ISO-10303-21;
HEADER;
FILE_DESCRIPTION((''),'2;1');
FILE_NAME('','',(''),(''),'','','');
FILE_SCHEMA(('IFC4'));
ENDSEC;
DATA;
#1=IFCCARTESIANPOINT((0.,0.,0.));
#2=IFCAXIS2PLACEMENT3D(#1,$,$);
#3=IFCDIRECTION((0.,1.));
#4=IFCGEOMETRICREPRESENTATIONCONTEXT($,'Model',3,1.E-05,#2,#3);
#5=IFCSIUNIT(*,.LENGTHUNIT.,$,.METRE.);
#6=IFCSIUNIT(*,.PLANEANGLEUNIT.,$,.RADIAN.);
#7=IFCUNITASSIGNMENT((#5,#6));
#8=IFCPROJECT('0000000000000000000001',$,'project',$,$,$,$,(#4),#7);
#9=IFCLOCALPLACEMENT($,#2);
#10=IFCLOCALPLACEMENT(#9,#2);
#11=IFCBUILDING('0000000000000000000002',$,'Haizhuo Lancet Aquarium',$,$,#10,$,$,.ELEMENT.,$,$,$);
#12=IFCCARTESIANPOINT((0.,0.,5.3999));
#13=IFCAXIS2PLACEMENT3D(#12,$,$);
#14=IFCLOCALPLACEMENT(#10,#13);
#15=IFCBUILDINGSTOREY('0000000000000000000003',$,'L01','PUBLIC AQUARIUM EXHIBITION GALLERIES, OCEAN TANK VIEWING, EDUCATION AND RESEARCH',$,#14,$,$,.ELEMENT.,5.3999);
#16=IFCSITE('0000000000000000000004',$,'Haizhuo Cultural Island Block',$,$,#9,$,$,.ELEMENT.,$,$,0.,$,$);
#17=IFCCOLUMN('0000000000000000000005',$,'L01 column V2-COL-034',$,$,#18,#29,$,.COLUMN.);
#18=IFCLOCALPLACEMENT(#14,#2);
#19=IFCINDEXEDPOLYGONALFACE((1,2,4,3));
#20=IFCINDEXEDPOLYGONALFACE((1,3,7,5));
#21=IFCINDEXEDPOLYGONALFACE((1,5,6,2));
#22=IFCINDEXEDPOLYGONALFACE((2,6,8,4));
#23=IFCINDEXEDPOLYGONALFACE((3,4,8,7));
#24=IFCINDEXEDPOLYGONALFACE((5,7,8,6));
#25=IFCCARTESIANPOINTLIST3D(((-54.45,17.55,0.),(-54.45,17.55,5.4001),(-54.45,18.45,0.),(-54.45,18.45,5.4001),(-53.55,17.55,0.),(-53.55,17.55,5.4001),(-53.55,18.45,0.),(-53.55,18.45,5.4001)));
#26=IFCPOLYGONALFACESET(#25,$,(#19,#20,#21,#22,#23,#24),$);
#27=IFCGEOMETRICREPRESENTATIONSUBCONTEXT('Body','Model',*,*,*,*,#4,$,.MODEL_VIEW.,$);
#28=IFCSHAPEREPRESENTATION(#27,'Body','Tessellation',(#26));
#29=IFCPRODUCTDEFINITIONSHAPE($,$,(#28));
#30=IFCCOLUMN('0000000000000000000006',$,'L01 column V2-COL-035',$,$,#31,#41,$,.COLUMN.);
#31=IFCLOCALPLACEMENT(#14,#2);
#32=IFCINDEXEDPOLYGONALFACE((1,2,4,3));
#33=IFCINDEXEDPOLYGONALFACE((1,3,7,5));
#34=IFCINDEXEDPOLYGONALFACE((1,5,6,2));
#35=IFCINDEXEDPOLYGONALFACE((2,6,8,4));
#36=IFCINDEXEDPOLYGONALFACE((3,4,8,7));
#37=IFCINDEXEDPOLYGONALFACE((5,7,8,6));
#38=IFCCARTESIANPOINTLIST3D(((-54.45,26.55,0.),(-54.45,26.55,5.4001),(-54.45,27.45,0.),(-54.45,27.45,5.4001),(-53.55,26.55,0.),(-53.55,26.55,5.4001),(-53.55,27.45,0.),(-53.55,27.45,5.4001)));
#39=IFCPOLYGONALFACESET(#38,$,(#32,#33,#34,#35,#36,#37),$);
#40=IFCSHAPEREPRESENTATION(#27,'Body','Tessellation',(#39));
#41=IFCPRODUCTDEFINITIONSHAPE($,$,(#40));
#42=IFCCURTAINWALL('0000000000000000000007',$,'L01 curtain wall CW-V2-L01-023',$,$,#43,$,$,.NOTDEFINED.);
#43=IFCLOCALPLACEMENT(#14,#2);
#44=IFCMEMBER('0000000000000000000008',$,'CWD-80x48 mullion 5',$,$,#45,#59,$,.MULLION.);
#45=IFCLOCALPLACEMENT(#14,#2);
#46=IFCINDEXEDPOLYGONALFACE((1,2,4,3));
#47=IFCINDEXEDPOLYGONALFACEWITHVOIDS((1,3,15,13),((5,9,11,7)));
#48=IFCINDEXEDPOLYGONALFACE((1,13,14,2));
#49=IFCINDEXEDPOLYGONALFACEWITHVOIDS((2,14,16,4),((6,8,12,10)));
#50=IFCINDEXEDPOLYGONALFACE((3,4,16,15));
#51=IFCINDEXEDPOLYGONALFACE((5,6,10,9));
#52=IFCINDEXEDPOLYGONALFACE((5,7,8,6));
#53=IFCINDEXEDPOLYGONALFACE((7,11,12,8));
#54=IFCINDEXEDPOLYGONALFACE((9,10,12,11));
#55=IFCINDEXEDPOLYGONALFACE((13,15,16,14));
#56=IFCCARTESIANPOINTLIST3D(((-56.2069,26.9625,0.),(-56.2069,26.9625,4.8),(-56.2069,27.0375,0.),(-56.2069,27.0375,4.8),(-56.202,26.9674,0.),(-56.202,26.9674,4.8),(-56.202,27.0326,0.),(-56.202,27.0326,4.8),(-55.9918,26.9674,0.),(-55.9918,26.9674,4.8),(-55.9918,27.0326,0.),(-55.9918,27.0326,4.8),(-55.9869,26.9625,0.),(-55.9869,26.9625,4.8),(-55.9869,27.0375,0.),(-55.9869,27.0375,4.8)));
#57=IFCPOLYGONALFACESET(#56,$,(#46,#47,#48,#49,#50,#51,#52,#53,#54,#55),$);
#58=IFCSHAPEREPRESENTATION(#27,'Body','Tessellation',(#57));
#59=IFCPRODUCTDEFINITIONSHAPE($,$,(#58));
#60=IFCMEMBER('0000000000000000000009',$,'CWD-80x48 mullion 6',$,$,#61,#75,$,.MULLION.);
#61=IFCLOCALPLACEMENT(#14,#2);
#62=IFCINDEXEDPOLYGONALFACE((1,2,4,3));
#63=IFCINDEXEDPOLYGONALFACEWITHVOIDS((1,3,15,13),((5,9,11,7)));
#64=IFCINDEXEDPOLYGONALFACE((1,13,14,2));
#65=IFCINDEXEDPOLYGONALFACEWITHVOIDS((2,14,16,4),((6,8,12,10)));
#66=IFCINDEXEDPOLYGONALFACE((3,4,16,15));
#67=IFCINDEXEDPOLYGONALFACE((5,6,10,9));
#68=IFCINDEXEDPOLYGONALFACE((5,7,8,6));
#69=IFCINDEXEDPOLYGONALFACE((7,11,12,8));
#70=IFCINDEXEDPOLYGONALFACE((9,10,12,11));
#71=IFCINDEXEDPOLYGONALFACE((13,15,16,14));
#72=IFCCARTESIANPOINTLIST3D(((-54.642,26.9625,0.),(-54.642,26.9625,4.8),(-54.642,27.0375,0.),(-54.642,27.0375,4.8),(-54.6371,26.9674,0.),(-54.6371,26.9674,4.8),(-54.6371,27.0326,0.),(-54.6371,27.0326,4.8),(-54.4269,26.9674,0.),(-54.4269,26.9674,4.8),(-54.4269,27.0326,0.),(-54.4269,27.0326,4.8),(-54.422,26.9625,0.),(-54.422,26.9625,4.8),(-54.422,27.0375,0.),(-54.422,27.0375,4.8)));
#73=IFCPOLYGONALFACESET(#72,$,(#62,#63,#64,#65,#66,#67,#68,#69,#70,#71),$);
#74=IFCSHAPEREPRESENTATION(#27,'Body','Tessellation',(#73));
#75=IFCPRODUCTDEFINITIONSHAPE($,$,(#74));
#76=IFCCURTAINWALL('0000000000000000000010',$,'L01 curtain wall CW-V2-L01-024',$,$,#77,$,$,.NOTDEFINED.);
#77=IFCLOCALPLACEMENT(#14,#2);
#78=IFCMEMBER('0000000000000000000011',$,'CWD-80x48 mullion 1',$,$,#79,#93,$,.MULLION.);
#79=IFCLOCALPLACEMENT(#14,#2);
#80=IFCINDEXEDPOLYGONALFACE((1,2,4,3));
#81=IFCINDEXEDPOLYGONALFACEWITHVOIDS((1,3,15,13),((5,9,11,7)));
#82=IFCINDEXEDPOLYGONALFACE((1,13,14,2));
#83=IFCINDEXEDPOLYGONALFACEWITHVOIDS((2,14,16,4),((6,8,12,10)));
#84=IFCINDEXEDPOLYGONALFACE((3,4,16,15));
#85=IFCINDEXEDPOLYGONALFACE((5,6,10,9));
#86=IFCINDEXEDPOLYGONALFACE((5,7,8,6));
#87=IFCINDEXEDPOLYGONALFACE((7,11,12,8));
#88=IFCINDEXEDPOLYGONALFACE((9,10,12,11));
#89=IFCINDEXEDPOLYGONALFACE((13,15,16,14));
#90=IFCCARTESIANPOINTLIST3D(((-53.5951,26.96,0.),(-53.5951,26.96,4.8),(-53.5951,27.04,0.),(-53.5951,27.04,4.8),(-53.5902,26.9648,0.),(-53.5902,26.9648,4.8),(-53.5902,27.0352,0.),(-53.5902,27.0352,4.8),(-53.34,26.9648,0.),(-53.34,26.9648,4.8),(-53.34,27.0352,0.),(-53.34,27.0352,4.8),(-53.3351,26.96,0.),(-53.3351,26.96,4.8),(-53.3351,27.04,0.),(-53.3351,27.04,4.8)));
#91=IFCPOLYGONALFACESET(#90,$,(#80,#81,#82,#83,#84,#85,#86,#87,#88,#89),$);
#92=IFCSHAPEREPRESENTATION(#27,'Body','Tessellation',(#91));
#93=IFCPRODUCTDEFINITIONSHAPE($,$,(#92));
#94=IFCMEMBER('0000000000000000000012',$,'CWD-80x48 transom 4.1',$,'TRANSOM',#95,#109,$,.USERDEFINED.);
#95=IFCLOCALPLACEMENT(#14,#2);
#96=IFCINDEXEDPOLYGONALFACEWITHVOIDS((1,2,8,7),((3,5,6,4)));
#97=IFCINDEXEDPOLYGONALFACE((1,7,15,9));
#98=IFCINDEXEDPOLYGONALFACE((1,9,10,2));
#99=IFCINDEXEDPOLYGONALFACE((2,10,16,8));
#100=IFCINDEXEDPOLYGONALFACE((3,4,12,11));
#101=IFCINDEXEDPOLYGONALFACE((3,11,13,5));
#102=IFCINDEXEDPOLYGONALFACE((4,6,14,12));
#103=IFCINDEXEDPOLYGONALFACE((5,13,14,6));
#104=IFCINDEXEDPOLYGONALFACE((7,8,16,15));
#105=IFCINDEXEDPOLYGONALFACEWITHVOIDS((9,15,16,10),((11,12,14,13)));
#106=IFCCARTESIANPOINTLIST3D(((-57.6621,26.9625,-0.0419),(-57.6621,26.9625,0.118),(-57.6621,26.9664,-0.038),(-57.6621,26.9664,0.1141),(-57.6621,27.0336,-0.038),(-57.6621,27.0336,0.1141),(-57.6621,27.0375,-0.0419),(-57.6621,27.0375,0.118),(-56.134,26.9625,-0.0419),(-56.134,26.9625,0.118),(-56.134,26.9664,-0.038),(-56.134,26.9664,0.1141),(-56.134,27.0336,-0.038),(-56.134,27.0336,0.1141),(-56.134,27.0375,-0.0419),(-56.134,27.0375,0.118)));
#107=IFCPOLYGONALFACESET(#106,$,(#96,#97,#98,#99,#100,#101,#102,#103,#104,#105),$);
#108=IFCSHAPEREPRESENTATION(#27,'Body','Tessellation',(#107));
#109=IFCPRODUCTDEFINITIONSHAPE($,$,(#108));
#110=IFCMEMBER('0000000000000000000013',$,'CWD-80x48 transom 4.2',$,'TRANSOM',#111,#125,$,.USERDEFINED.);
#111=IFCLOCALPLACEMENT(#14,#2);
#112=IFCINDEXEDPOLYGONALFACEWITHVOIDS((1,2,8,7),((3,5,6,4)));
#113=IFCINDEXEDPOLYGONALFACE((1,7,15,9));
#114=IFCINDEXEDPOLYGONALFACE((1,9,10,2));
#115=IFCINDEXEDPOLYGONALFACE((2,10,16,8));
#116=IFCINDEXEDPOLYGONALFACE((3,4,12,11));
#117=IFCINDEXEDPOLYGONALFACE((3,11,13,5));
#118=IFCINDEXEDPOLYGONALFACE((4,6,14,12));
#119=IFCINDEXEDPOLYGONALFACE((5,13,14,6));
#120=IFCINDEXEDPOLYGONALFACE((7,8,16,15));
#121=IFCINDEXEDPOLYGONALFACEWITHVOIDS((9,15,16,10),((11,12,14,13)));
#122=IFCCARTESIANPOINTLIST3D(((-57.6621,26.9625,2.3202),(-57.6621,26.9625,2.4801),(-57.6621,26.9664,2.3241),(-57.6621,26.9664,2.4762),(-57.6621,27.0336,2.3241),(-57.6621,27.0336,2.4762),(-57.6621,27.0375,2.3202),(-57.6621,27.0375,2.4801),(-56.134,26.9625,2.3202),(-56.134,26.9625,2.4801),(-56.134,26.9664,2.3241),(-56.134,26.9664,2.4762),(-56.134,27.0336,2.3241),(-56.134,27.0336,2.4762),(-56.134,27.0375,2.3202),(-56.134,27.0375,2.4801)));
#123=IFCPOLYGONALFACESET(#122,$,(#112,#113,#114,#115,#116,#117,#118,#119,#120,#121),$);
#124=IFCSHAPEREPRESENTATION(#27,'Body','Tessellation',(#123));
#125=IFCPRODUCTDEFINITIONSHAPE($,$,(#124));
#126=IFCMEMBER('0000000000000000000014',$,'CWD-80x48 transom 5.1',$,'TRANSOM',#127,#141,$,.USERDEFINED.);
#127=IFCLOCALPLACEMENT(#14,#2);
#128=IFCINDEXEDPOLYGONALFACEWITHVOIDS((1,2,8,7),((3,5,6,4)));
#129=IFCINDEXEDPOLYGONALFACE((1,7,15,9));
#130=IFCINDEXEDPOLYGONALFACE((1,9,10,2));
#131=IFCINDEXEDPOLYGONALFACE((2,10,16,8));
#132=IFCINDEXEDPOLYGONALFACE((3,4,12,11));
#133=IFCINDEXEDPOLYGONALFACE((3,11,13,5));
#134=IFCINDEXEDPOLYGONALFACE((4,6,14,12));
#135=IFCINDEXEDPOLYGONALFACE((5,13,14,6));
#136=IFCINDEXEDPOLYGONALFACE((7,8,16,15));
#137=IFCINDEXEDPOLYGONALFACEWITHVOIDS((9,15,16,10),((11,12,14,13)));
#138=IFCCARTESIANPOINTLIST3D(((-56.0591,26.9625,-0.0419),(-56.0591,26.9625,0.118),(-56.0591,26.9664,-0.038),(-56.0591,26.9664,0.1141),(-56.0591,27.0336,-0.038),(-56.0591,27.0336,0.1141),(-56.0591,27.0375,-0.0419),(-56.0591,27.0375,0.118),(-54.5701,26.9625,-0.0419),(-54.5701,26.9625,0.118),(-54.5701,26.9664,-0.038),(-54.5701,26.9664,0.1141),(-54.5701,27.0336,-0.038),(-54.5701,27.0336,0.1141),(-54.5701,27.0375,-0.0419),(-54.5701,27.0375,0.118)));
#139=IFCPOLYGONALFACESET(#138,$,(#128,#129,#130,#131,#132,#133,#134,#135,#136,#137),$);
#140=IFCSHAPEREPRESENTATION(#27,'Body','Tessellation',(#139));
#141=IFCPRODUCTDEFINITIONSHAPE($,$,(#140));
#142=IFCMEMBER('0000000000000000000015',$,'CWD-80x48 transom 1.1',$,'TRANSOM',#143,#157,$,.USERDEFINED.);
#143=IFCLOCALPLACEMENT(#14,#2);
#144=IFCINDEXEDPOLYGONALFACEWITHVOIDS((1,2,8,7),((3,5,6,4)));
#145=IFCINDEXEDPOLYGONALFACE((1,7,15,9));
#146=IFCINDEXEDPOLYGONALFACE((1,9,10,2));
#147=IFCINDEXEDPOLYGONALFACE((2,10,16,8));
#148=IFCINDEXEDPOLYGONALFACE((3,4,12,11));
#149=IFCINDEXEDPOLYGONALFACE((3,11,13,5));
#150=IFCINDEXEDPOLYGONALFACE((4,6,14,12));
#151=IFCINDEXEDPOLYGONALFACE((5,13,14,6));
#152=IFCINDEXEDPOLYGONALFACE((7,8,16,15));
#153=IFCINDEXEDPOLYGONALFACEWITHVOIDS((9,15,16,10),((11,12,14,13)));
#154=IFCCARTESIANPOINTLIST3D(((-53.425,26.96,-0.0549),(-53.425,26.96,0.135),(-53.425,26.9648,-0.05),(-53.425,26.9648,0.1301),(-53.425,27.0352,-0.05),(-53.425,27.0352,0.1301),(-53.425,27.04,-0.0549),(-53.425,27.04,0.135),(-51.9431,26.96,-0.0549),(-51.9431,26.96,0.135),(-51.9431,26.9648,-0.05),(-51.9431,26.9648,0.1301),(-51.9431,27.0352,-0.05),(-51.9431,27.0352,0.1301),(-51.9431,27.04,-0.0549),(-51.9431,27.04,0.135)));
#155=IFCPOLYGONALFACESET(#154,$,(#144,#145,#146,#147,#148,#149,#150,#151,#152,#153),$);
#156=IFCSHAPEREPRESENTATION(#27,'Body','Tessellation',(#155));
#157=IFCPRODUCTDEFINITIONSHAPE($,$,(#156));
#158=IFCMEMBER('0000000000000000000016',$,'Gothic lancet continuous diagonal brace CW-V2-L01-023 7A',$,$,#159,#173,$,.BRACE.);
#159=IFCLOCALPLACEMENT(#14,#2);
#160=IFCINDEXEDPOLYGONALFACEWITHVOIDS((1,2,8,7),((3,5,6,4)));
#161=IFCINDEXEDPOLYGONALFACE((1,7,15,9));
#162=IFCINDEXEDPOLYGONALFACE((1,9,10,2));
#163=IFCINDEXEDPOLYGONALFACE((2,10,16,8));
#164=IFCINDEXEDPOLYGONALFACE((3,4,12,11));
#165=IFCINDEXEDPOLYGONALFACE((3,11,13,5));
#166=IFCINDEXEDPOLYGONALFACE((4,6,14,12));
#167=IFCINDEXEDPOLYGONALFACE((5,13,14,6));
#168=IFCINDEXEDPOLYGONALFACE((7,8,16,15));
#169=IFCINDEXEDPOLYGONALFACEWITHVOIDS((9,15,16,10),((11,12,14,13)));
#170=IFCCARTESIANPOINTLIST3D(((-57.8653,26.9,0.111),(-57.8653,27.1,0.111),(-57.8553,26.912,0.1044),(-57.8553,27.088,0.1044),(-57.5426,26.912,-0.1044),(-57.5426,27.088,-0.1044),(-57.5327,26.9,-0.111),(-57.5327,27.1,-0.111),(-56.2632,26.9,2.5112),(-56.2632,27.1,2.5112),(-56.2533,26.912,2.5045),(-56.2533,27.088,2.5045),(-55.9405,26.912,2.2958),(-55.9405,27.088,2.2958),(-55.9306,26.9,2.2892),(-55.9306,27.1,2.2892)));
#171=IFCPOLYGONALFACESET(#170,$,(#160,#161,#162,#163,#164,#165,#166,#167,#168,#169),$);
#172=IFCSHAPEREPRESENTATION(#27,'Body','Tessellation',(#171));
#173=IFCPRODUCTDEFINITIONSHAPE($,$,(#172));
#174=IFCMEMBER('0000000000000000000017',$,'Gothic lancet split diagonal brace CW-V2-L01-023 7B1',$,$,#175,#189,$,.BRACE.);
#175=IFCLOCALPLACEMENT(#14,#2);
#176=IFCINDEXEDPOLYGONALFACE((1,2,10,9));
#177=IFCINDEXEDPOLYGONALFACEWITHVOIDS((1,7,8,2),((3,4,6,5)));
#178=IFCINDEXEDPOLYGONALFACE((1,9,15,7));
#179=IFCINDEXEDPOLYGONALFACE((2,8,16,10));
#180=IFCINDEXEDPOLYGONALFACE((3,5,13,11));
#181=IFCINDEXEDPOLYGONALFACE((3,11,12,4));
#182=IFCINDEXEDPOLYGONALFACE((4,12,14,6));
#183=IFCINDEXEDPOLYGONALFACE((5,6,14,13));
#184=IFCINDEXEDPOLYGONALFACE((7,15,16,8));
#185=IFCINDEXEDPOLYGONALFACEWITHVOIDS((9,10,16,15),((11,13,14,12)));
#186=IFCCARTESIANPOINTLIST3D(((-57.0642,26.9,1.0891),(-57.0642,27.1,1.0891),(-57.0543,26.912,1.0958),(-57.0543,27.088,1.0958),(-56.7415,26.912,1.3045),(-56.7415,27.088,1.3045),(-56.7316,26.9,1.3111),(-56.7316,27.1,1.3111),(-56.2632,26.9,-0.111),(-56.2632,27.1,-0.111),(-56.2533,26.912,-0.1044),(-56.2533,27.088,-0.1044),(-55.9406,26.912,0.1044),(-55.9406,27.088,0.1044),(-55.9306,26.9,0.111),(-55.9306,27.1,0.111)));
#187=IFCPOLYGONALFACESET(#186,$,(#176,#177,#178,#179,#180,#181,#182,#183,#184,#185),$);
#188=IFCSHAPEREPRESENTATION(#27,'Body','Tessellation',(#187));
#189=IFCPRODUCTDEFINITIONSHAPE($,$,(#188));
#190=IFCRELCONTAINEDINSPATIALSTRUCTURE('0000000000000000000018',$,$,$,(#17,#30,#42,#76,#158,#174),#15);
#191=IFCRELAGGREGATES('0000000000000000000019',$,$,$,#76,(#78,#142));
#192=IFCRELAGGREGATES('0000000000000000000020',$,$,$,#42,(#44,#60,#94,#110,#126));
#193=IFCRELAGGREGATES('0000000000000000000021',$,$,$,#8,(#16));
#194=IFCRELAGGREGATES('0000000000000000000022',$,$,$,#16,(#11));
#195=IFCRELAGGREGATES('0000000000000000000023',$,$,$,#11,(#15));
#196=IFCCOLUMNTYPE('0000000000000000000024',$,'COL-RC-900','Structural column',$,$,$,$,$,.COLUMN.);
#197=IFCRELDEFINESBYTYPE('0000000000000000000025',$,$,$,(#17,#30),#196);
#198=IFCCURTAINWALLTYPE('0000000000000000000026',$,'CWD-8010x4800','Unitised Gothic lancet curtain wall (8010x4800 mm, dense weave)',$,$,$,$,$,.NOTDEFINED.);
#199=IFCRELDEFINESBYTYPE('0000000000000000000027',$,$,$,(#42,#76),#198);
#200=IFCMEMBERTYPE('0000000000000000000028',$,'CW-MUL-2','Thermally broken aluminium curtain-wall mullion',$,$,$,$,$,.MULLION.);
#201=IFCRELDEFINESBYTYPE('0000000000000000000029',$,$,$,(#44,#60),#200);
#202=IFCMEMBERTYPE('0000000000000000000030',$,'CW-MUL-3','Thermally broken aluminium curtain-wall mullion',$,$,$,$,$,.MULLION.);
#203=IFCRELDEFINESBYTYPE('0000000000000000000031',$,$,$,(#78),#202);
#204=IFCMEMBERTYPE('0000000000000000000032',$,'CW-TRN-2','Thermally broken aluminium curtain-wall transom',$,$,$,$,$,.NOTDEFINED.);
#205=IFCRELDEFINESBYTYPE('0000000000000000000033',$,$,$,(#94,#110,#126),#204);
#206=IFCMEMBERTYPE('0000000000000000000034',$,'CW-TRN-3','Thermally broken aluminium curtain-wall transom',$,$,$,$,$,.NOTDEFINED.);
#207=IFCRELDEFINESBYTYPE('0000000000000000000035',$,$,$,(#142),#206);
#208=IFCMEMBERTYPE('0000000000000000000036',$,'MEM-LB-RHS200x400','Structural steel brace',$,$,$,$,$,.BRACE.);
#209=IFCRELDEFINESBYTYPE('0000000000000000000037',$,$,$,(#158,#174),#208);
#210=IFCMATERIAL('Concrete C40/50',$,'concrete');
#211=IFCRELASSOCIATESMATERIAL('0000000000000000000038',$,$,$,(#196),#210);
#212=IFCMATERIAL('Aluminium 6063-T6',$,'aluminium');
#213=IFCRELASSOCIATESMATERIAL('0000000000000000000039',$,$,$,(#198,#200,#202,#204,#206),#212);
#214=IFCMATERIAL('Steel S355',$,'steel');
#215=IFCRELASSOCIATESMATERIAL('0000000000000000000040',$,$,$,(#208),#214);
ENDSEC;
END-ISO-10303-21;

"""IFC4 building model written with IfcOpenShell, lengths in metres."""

from ifc_helpers import new_model, si_unit, direction, frame, origin, origin_2d, place, context, subcontext, project, spatial, rectangle, hollow_rectangle, extrude, material, material_profile, profile_set, type_object, element, aggregate, save


model = new_model("IFC4")

# Units and contexts
model_context = context("Model", 3, precision=1e-05, world=origin(), true_north=direction((0.0, 1.0)))
body_context = subcontext(model_context, "Body", "Model", "MODEL_VIEW")
ifc_project = project(units=[si_unit("LENGTHUNIT", "METRE"), si_unit("PLANEANGLEUNIT", "RADIAN")], contexts=[model_context])

# Site, building, storey
site_placement = place(None, origin())
site = spatial("IfcSite", under=ifc_project, at=site_placement, Name="Haizhuo Cultural Island Block", CompositionType="ELEMENT", RefElevation=0.0)
building_placement = place(site_placement, origin())
building = spatial("IfcBuilding", under=site, at=building_placement, Name="Haizhuo Lancet Aquarium", CompositionType="ELEMENT")
storey_placement = place(building_placement, frame((0.0, 0.0, 5.3999)))
storey = spatial("IfcBuildingStorey", under=building, at=storey_placement, Name="L01", Description="PUBLIC AQUARIUM EXHIBITION GALLERIES, OCEAN TANK VIEWING, EDUCATION AND RESEARCH", CompositionType="ELEMENT", Elevation=5.3999)

# Columns
ifc_material_1 = material(Name="Concrete C40/50", Category="concrete")
ifc_material_profile_1 = material_profile(ifc_material_1, rectangle(XDim=0.8999, YDim=0.8999, at=origin_2d()), Name="RC-COL 900x900")
ifc_profile_set_1 = profile_set([ifc_material_profile_1], Name="Concrete C40/50")
column_type = type_object("IfcColumnType", Name="COL-RC-900", Description="Structural column", PredefinedType="COLUMN", material=ifc_profile_set_1)
for number, where, z_axis, x_axis, name in (
    (1, (-54.0, 18.0, 0.0), (0.0, 0.0, 1.0), (1.0, 0.0, 0.0), "L01 column V2-COL-034"),
    (2, (-54.0, 27.0, 0.0), (0.0, 0.0, 1.0), (1.0, 0.0, 0.0), "L01 column V2-COL-035"),
):
    element("IfcColumn", number, at=place(storey_placement, frame(where, z_axis=z_axis, x_axis=x_axis)), inside=storey, type_object=column_type, Name=name, PredefinedType="COLUMN", context=body_context, shape_type="SweptSolid", body=[
        extrude(rectangle(XDim=0.8999, YDim=0.8999, at=origin_2d()), origin(), (0.0, 0.0, 1.0), 5.4001),
    ])

# Curtain wall, members
ifc_material_2 = material(Name="Aluminium 6063-T6", Category="aluminium")
curtain_wall_type = type_object("IfcCurtainWallType", Name="CWD-8010x4800", Description="Unitised Gothic lancet curtain wall (8010x4800 mm, dense weave)", PredefinedType="NOTDEFINED", material=ifc_material_2)
curtain_wall_1_placement = place(storey_placement, origin())
curtain_wall_1 = element("IfcCurtainWall", 3, at=curtain_wall_1_placement, inside=storey, type_object=curtain_wall_type, Name="L01 curtain wall CW-V2-L01-023", PredefinedType="NOTDEFINED")
ifc_material_profile_2 = material_profile(ifc_material_2, hollow_rectangle(XDim=0.075, YDim=0.22, WallThickness=0.0049, at=origin_2d()), Name="ALU-M 75x220x5")
ifc_profile_set_2 = profile_set([ifc_material_profile_2], Name="Aluminium 6063-T6")
member_type_1 = type_object("IfcMemberType", Name="CW-MUL-2", Description="Thermally broken aluminium curtain-wall mullion", PredefinedType="MULLION", material=ifc_profile_set_2)
member_1_placement = place(storey_placement, frame((-56.0969, 27.0, 0.0), z_axis=(0.0, 0.0, 1.0), x_axis=(0.0, 1.0, 0.0)))
member_1 = element("IfcMember", 4, at=member_1_placement, type_object=member_type_1, Name="CWD-80x48 mullion 5", PredefinedType="MULLION", context=body_context, shape_type="SweptSolid", body=[
    extrude(hollow_rectangle(XDim=0.075, YDim=0.22, WallThickness=0.0049, at=origin_2d()), origin(), (0.0, 0.0, 1.0), 4.8),
])
member_2_placement = place(storey_placement, frame((-54.532, 27.0, 0.0), z_axis=(0.0, 0.0, 1.0), x_axis=(0.0, 1.0, 0.0)))
member_2 = element("IfcMember", 5, at=member_2_placement, type_object=member_type_1, Name="CWD-80x48 mullion 6", PredefinedType="MULLION", context=body_context, shape_type="SweptSolid", body=[
    extrude(hollow_rectangle(XDim=0.075, YDim=0.22, WallThickness=0.0049, at=origin_2d()), origin(), (0.0, 0.0, 1.0), 4.8),
])

# Curtain wall, member
curtain_wall_2_placement = place(storey_placement, origin())
curtain_wall_2 = element("IfcCurtainWall", 6, at=curtain_wall_2_placement, inside=storey, type_object=curtain_wall_type, Name="L01 curtain wall CW-V2-L01-024", PredefinedType="NOTDEFINED")
ifc_material_profile_3 = material_profile(ifc_material_2, hollow_rectangle(XDim=0.0801, YDim=0.26, WallThickness=0.0049, at=origin_2d()), Name="ALU-M 80x260x5")
ifc_profile_set_3 = profile_set([ifc_material_profile_3], Name="Aluminium 6063-T6")
member_type_2 = type_object("IfcMemberType", Name="CW-MUL-3", Description="Thermally broken aluminium curtain-wall mullion", PredefinedType="MULLION", material=ifc_profile_set_3)
member_3_placement = place(storey_placement, frame((-53.4651, 27.0, 0.0), z_axis=(0.0, 0.0, 1.0), x_axis=(0.0, 1.0, 0.0)))
member_3 = element("IfcMember", 7, at=member_3_placement, type_object=member_type_2, Name="CWD-80x48 mullion 1", PredefinedType="MULLION", context=body_context, shape_type="SweptSolid", body=[
    extrude(hollow_rectangle(XDim=0.0801, YDim=0.26, WallThickness=0.0049, at=origin_2d()), origin(), (0.0, 0.0, 1.0), 4.8),
])

# Members
ifc_material_profile_4 = material_profile(ifc_material_2, hollow_rectangle(XDim=0.075, YDim=0.1599, WallThickness=0.0039, at=origin_2d()), Name="ALU-T 75x160x4")
ifc_profile_set_4 = profile_set([ifc_material_profile_4], Name="Aluminium 6063-T6")
member_type_3 = type_object("IfcMemberType", Name="CW-TRN-2", Description="Thermally broken aluminium curtain-wall transom", PredefinedType="NOTDEFINED", material=ifc_profile_set_4)
member_4_placement = place(storey_placement, frame((-57.6621, 27.0, 0.0381), z_axis=(1.0, 0.0, 0.0), x_axis=(0.0, 1.0, 0.0)))
member_4 = element("IfcMember", 8, at=member_4_placement, type_object=member_type_3, Name="CWD-80x48 transom 4.1", ObjectType="TRANSOM", PredefinedType="USERDEFINED", context=body_context, shape_type="SweptSolid", body=[
    extrude(hollow_rectangle(XDim=0.075, YDim=0.1599, WallThickness=0.0039, at=origin_2d()), origin(), (0.0, 0.0, 1.0), 1.5281),
])
member_5_placement = place(storey_placement, frame((-57.6621, 27.0, 2.4001), z_axis=(1.0, 0.0, 0.0), x_axis=(0.0, 1.0, 0.0)))
member_5 = element("IfcMember", 9, at=member_5_placement, type_object=member_type_3, Name="CWD-80x48 transom 4.2", ObjectType="TRANSOM", PredefinedType="USERDEFINED", context=body_context, shape_type="SweptSolid", body=[
    extrude(hollow_rectangle(XDim=0.075, YDim=0.1599, WallThickness=0.0039, at=origin_2d()), origin(), (0.0, 0.0, 1.0), 1.5281),
])
member_6_placement = place(storey_placement, frame((-56.0591, 27.0, 0.0381), z_axis=(1.0, 0.0, 0.0), x_axis=(0.0, 1.0, 0.0)))
member_6 = element("IfcMember", 10, at=member_6_placement, type_object=member_type_3, Name="CWD-80x48 transom 5.1", ObjectType="TRANSOM", PredefinedType="USERDEFINED", context=body_context, shape_type="SweptSolid", body=[
    extrude(hollow_rectangle(XDim=0.075, YDim=0.1599, WallThickness=0.0039, at=origin_2d()), origin(), (0.0, 0.0, 1.0), 1.489),
])
ifc_material_profile_5 = material_profile(ifc_material_2, hollow_rectangle(XDim=0.0801, YDim=0.1899, WallThickness=0.0049, at=origin_2d()), Name="ALU-T 80x190x5")
ifc_profile_set_5 = profile_set([ifc_material_profile_5], Name="Aluminium 6063-T6")
member_type_4 = type_object("IfcMemberType", Name="CW-TRN-3", Description="Thermally broken aluminium curtain-wall transom", PredefinedType="NOTDEFINED", material=ifc_profile_set_5)
member_7_placement = place(storey_placement, frame((-53.425, 27.0, 0.04), z_axis=(1.0, 0.0, 0.0), x_axis=(0.0, 1.0, 0.0)))
member_7 = element("IfcMember", 11, at=member_7_placement, type_object=member_type_4, Name="CWD-80x48 transom 1.1", ObjectType="TRANSOM", PredefinedType="USERDEFINED", context=body_context, shape_type="SweptSolid", body=[
    extrude(hollow_rectangle(XDim=0.0801, YDim=0.1899, WallThickness=0.0049, at=origin_2d()), origin(), (0.0, 0.0, 1.0), 1.4819),
])
aggregate(curtain_wall_2, [member_3, member_7])

# Members
ifc_material_3 = material(Name="Steel S355", Category="steel")
ifc_material_profile_6 = material_profile(ifc_material_3, hollow_rectangle(XDim=0.2, YDim=0.3999, WallThickness=0.012, at=origin_2d()), Name="RHS 200x400x12")
ifc_profile_set_6 = profile_set([ifc_material_profile_6], Name="Steel S355")
member_type_5 = type_object("IfcMemberType", Name="MEM-LB-RHS200x400", Description="Structural steel brace", PredefinedType="BRACE", material=ifc_profile_set_6)
member_8_placement = place(storey_placement, frame((-57.699, 27.0, 0.0), z_axis=(0.555169, 0.0, 0.831738), x_axis=(0.0, 1.0, 0.0)))
element("IfcMember", 12, at=member_8_placement, inside=storey, type_object=member_type_5, Name="Gothic lancet continuous diagonal brace CW-V2-L01-023 7A", PredefinedType="BRACE", context=body_context, shape_type="SweptSolid", body=[
    extrude(hollow_rectangle(XDim=0.2, YDim=0.3999, WallThickness=0.012, at=origin_2d()), origin(), (0.0, 0.0, 1.0), 2.8857),
])
member_9_placement = place(storey_placement, frame((-56.0969, 27.0, 0.0), z_axis=(-0.55513, 0.0, 0.831764), x_axis=(0.0, -1.0, 0.0)))
element("IfcMember", 13, at=member_9_placement, inside=storey, type_object=member_type_5, Name="Gothic lancet split diagonal brace CW-V2-L01-023 7B1", PredefinedType="BRACE", context=body_context, shape_type="SweptSolid", body=[
    extrude(hollow_rectangle(XDim=0.2, YDim=0.3999, WallThickness=0.012, at=origin_2d()), origin(), (0.0, 0.0, 1.0), 1.4429),
])

aggregate(curtain_wall_1, [member_1, member_2, member_4, member_5, member_6])

save(model, "model.ifc")
